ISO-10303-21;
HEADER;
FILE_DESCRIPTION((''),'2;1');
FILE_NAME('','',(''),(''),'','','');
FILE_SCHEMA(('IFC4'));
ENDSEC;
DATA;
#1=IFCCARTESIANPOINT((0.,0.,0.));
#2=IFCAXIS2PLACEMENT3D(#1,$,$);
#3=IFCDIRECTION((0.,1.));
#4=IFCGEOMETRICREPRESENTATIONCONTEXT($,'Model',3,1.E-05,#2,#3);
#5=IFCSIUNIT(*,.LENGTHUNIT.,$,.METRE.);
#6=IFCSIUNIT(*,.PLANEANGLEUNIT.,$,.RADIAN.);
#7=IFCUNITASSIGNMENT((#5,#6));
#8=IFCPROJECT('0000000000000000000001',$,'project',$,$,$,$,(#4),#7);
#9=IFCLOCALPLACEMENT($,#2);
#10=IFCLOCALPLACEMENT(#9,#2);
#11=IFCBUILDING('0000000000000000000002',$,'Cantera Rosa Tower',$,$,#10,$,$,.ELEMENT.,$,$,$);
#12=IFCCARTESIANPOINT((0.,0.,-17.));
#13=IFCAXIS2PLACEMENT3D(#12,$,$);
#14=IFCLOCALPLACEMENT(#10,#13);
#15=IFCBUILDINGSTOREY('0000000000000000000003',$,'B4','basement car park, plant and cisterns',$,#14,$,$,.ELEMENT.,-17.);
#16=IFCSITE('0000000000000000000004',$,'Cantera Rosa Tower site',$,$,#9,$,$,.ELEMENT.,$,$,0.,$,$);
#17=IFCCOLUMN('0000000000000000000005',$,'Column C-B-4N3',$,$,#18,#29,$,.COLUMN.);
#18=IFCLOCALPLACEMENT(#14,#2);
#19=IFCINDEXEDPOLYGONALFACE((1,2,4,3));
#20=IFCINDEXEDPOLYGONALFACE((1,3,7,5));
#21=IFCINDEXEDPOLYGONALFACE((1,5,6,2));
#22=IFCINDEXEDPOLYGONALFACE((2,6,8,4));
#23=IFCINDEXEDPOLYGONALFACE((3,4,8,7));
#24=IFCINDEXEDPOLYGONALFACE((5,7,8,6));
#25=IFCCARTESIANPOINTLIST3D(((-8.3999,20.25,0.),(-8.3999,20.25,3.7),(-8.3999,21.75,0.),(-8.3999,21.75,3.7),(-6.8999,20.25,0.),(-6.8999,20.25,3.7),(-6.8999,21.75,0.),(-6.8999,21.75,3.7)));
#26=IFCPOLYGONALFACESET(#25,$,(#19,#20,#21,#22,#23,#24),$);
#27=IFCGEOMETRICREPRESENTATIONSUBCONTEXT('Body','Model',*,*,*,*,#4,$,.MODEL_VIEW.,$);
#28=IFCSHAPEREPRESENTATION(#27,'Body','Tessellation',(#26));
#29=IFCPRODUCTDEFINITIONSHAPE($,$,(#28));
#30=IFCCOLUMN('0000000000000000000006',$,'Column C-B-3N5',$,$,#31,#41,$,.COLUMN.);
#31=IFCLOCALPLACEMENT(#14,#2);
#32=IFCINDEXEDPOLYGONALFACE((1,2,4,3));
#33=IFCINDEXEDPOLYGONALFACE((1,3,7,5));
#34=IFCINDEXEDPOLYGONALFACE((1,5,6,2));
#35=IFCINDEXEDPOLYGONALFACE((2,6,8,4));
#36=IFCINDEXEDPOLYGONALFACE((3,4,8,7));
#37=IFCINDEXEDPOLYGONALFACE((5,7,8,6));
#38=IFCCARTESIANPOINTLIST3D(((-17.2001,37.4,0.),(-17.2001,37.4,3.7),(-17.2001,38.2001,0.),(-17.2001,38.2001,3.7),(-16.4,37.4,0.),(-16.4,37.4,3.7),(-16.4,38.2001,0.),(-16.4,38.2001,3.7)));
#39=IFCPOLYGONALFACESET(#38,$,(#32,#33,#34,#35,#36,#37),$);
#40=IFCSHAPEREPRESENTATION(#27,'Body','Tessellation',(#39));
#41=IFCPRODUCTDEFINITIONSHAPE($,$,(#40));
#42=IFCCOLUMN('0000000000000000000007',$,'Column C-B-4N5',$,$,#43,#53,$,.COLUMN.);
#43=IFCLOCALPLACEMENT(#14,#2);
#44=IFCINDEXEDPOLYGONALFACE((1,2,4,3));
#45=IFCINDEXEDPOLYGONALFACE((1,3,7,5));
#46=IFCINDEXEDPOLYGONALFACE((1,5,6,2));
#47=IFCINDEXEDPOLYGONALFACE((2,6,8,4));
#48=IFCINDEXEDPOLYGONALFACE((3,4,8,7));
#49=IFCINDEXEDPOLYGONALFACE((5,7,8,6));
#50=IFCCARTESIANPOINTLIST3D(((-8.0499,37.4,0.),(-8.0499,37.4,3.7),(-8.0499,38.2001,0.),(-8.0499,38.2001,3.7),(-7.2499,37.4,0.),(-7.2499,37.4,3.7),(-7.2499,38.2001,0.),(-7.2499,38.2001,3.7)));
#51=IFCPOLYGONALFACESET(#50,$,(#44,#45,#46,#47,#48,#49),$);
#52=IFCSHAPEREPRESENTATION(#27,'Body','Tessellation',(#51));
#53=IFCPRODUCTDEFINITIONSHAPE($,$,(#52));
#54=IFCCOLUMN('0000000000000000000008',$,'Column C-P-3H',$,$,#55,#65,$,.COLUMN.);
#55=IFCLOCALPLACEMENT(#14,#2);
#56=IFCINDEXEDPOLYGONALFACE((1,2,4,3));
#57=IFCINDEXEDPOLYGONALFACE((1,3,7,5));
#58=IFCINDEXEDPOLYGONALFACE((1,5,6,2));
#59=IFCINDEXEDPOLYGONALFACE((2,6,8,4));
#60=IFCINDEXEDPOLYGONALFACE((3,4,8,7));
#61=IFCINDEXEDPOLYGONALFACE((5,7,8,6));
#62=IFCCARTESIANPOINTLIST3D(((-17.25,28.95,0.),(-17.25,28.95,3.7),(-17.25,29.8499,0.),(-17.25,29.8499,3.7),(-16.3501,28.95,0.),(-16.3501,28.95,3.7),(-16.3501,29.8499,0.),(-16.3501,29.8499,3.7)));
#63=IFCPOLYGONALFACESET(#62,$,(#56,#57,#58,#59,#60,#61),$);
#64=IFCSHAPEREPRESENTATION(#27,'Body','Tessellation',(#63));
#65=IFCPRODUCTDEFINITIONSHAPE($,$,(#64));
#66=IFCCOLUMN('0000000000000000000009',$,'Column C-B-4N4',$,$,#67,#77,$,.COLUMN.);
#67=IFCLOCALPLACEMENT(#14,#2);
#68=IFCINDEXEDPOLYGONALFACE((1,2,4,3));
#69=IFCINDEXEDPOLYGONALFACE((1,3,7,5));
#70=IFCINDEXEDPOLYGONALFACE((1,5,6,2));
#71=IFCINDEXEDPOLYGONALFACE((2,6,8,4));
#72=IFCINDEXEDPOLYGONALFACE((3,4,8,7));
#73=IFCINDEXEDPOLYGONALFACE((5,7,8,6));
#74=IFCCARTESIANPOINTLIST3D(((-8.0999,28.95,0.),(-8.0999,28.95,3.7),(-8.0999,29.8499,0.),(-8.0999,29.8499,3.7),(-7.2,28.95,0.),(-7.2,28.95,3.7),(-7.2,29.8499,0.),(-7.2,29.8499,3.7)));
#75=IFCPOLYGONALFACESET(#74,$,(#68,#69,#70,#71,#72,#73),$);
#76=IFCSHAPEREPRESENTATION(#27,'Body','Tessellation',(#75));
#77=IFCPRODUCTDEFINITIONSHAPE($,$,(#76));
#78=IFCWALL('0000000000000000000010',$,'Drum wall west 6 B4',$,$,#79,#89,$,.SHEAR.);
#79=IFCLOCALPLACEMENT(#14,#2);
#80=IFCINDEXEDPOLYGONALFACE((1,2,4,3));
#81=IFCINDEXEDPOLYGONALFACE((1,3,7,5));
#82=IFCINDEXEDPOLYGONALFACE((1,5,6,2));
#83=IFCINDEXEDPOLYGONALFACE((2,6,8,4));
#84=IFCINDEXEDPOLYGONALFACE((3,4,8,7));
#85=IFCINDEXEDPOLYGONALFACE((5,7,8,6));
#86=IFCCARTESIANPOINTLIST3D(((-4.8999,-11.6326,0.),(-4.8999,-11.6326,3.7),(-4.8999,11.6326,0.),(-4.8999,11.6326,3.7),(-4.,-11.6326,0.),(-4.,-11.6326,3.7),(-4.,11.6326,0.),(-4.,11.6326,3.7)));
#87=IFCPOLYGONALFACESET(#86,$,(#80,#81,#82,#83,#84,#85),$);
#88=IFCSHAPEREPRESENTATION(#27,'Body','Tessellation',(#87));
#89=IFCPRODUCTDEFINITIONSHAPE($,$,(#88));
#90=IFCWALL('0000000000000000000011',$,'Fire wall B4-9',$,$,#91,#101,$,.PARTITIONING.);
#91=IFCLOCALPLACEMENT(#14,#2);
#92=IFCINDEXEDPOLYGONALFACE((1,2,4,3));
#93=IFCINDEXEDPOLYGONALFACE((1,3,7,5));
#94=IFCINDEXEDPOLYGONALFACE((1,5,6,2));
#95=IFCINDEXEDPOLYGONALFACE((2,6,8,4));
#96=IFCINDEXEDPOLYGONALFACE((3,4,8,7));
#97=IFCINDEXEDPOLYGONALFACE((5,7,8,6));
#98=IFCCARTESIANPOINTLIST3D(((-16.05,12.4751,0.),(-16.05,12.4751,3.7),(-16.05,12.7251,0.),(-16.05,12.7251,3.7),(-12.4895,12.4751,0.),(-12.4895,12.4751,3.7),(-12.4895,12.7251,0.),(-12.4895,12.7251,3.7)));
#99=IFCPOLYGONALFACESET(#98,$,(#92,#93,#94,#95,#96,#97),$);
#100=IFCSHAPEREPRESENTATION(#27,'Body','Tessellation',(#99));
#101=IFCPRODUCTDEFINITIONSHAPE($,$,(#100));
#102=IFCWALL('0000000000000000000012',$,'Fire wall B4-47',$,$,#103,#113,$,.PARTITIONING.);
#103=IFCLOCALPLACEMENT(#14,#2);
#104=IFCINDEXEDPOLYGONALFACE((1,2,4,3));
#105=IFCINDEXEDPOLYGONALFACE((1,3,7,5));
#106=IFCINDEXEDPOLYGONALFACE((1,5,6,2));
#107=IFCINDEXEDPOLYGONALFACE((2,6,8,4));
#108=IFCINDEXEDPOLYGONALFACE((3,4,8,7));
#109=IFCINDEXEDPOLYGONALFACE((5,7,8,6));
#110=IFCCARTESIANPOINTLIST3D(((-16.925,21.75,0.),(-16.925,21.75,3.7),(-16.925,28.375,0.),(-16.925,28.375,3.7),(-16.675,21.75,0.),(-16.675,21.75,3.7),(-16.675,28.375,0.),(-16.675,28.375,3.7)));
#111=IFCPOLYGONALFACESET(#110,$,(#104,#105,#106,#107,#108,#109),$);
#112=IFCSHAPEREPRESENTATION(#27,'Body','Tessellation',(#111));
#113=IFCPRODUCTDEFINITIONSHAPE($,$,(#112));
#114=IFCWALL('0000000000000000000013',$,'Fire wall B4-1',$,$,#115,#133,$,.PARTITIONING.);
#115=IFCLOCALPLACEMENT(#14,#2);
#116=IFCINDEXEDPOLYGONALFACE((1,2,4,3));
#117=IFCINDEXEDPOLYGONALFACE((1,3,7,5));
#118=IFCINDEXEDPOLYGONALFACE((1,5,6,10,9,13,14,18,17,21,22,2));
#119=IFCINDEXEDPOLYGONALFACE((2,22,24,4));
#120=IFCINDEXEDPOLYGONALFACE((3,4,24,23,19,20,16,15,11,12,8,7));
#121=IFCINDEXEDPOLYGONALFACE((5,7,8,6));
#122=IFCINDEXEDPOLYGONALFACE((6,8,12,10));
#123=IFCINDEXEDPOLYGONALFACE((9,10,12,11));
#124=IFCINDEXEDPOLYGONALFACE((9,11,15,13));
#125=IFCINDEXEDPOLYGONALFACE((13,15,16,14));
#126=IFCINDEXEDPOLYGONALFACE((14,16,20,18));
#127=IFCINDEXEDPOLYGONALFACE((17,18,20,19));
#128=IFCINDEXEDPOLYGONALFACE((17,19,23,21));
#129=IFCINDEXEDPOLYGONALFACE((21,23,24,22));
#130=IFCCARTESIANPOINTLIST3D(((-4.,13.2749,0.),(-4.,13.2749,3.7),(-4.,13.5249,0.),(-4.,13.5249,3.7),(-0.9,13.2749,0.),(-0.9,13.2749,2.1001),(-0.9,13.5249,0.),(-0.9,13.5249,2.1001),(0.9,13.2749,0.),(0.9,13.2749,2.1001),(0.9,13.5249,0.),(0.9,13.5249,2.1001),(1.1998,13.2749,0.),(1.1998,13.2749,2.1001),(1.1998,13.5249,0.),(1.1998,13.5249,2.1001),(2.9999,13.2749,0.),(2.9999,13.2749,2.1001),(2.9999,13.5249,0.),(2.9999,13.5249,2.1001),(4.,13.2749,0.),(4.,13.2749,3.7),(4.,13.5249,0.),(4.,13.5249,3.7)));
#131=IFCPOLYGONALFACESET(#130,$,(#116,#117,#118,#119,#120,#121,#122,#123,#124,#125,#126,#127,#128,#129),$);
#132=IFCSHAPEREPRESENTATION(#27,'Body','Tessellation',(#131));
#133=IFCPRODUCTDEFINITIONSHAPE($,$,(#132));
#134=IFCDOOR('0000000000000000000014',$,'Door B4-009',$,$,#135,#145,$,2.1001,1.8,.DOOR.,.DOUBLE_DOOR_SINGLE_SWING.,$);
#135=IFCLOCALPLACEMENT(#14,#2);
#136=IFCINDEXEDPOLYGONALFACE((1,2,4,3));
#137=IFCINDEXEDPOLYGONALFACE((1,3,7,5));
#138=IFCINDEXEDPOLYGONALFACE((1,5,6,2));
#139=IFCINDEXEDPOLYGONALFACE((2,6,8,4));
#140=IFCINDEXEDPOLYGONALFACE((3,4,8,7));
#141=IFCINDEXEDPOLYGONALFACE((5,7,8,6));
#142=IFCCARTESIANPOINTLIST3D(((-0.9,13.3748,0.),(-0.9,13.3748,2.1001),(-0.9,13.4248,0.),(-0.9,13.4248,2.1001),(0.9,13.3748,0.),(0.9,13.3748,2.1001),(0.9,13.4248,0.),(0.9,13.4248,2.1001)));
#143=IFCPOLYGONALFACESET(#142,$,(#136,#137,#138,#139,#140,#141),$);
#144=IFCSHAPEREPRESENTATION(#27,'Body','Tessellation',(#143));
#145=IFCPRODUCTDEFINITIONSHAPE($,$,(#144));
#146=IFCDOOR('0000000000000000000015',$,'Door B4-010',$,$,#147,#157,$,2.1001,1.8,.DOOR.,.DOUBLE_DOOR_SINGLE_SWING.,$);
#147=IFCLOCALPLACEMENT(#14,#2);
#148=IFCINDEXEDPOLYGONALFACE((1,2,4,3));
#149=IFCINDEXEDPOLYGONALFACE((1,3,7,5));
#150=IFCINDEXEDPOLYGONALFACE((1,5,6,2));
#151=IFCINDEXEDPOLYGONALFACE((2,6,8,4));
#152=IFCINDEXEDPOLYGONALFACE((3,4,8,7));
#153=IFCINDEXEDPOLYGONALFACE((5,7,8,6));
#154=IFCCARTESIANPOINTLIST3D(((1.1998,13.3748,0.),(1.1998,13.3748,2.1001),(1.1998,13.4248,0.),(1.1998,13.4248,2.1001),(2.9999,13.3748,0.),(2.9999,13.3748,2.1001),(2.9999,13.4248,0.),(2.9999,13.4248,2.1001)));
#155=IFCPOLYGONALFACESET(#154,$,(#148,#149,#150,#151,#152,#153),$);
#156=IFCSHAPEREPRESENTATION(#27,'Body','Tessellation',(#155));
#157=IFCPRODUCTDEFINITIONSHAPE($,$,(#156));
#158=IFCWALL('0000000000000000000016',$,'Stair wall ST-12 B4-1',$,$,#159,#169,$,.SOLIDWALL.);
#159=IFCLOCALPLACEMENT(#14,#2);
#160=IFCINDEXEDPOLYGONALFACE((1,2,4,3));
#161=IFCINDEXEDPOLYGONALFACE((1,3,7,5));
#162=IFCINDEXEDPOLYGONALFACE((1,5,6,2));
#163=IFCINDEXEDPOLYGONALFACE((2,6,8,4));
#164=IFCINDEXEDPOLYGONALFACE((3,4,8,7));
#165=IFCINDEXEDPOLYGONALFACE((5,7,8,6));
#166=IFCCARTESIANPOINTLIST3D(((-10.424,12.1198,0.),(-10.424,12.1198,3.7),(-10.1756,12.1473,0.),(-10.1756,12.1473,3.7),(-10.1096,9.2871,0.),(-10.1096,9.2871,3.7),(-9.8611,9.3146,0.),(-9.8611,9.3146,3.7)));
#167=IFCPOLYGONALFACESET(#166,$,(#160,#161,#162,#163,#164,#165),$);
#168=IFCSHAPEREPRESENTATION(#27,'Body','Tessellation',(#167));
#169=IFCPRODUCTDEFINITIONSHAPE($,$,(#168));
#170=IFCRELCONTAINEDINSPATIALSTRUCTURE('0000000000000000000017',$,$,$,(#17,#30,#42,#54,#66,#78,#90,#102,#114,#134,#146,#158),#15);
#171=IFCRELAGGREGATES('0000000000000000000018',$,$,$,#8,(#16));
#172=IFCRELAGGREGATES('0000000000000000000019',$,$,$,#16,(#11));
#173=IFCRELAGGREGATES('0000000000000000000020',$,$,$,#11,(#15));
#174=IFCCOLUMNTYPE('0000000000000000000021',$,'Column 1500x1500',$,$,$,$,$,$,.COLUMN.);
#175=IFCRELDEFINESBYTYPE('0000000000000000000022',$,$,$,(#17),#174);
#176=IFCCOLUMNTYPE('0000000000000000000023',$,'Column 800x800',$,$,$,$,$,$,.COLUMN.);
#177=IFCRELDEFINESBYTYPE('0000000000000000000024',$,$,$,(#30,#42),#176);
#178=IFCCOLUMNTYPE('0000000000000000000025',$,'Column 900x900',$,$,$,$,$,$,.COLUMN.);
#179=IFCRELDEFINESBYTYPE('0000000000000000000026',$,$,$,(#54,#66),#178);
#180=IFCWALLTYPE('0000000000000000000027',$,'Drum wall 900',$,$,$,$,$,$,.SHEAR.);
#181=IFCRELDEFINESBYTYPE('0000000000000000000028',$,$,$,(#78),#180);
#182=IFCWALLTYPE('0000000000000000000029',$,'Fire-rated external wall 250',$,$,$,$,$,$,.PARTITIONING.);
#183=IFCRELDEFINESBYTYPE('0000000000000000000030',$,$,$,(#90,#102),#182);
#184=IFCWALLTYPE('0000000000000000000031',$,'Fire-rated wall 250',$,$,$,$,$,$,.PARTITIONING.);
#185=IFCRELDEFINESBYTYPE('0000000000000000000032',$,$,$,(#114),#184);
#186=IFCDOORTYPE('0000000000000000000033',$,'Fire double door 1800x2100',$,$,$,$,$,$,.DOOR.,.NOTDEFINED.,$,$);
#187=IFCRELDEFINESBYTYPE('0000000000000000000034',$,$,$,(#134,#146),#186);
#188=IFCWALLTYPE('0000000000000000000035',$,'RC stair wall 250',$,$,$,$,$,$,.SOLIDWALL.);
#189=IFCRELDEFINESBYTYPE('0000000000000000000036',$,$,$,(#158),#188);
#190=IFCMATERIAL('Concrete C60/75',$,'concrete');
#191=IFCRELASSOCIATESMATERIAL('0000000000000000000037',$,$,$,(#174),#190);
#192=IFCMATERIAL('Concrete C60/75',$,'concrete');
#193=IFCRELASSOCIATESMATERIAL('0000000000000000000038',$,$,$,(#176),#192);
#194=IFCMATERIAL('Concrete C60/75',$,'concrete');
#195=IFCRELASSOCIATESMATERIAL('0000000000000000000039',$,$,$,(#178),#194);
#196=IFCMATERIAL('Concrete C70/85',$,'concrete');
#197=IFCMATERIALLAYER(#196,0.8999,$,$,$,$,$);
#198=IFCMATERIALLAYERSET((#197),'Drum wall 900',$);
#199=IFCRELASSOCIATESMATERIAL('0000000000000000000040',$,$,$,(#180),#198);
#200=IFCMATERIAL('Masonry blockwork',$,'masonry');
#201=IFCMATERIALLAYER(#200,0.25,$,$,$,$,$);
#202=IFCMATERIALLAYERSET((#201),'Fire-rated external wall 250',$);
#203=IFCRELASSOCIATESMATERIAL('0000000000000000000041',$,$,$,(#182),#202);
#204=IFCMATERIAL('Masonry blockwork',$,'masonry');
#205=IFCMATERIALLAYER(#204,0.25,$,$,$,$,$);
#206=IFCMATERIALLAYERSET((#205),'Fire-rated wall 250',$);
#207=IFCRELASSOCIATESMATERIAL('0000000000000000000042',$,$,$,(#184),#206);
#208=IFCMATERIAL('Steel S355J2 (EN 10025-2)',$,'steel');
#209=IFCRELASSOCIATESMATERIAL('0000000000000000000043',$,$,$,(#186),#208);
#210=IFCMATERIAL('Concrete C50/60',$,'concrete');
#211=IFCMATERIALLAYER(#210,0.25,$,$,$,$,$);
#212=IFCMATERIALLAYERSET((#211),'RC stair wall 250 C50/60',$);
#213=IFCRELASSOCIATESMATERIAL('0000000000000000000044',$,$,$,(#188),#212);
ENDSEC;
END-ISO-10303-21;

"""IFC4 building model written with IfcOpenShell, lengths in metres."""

from ifc_helpers import new_model, si_unit, direction, frame, frame_2d, origin, origin_2d, place, context, subcontext, project, spatial, rectangle, extrude, material, layer, layer_set, material_profile, profile_set, type_object, element, fill, save


model = new_model("IFC4")

# Units and contexts
model_context = context("Model", 3, precision=1e-05, world=origin(), true_north=direction((0.0, 1.0)))
body_context = subcontext(model_context, "Body", "Model", "MODEL_VIEW")
ifc_project = project(units=[si_unit("LENGTHUNIT", "METRE"), si_unit("PLANEANGLEUNIT", "RADIAN")], contexts=[model_context])

# Site, building, storey
site_placement = place(None, origin())
site = spatial("IfcSite", under=ifc_project, at=site_placement, Name="Cantera Rosa Tower site", CompositionType="ELEMENT", RefElevation=0.0)
building_placement = place(site_placement, origin())
building = spatial("IfcBuilding", under=site, at=building_placement, Name="Cantera Rosa Tower", CompositionType="ELEMENT")
storey_placement = place(building_placement, frame((0.0, 0.0, -17.0)))
storey = spatial("IfcBuildingStorey", under=building, at=storey_placement, Name="B4", Description="basement car park, plant and cisterns", CompositionType="ELEMENT", Elevation=-17.0)

# Columns
ifc_material_1 = material(Name="Concrete C60/75", Category="concrete")
ifc_material_profile_1 = material_profile(ifc_material_1, rectangle(XDim=1.5, YDim=1.5, at=origin_2d()), Name="Column 1500x1500")
ifc_profile_set_1 = profile_set([ifc_material_profile_1], Name="Concrete C60/75")
column_type_1 = type_object("IfcColumnType", Name="Column 1500x1500", PredefinedType="COLUMN", material=ifc_profile_set_1)
for number, where, z_axis, x_axis, name in (
    (1, (-7.6499, 21.0, 0.0), (0.0, 0.0, 1.0), (1.0, 0.0, 0.0), "Column C-B-4N3"),
):
    element("IfcColumn", number, at=place(storey_placement, frame(where, z_axis=z_axis, x_axis=x_axis)), inside=storey, type_object=column_type_1, Name=name, PredefinedType="COLUMN", context=body_context, shape_type="SweptSolid", body=[
        extrude(rectangle(XDim=1.5, YDim=1.5, at=origin_2d()), origin(), (0.0, 0.0, 1.0), 3.7),
    ])
ifc_material_2 = material(Name="Concrete C60/75", Category="concrete")
ifc_material_profile_2 = material_profile(ifc_material_2, rectangle(XDim=0.8, YDim=0.8, at=origin_2d()), Name="Column 800x800")
ifc_profile_set_2 = profile_set([ifc_material_profile_2], Name="Concrete C60/75")
column_type_2 = type_object("IfcColumnType", Name="Column 800x800", PredefinedType="COLUMN", material=ifc_profile_set_2)
for number, where, z_axis, x_axis, name in (
    (2, (-16.8, 37.8, 0.0), (0.0, 0.0, 1.0), (1.0, 0.0, 0.0), "Column C-B-3N5"),
    (3, (-7.6499, 37.8, 0.0), (0.0, 0.0, 1.0), (1.0, 0.0, 0.0), "Column C-B-4N5"),
):
    element("IfcColumn", number, at=place(storey_placement, frame(where, z_axis=z_axis, x_axis=x_axis)), inside=storey, type_object=column_type_2, Name=name, PredefinedType="COLUMN", context=body_context, shape_type="SweptSolid", body=[
        extrude(rectangle(XDim=0.8, YDim=0.8, at=origin_2d()), origin(), (0.0, 0.0, 1.0), 3.7),
    ])
ifc_material_3 = material(Name="Concrete C60/75", Category="concrete")
ifc_material_profile_3 = material_profile(ifc_material_3, rectangle(XDim=0.8999, YDim=0.8999, at=origin_2d()), Name="Column 900x900")
ifc_profile_set_3 = profile_set([ifc_material_profile_3], Name="Concrete C60/75")
column_type_3 = type_object("IfcColumnType", Name="Column 900x900", PredefinedType="COLUMN", material=ifc_profile_set_3)
for number, where, z_axis, x_axis, name in (
    (4, (-16.8, 29.3999, 0.0), (0.0, 0.0, 1.0), (1.0, 0.0, 0.0), "Column C-P-3H"),
    (5, (-7.6499, 29.3999, 0.0), (0.0, 0.0, 1.0), (1.0, 0.0, 0.0), "Column C-B-4N4"),
):
    element("IfcColumn", number, at=place(storey_placement, frame(where, z_axis=z_axis, x_axis=x_axis)), inside=storey, type_object=column_type_3, Name=name, PredefinedType="COLUMN", context=body_context, shape_type="SweptSolid", body=[
        extrude(rectangle(XDim=0.8999, YDim=0.8999, at=origin_2d()), origin(), (0.0, 0.0, 1.0), 3.7),
    ])

# Walls
ifc_material_4 = material(Name="Concrete C70/85", Category="concrete")
ifc_layer_1 = layer(ifc_material_4, 0.8999)
ifc_layer_set_1 = layer_set([ifc_layer_1], Name="Drum wall 900")
wall_type_1 = type_object("IfcWallType", Name="Drum wall 900", PredefinedType="SHEAR", material=ifc_layer_set_1)
wall_1_placement = place(storey_placement, frame((-4.45, 11.6326, 0.0), z_axis=(0.0, 0.0, 1.0), x_axis=(0.0, -1.0, 0.0)))
element("IfcWall", 6, at=wall_1_placement, inside=storey, type_object=wall_type_1, Name="Drum wall west 6 B4", PredefinedType="SHEAR", context=body_context, shape_type="SweptSolid", body=[
    extrude(rectangle(XDim=23.2651, YDim=0.8999, at=frame_2d((11.6326, 0.0))), origin(), (0.0, 0.0, 1.0), 3.7),
])
ifc_material_5 = material(Name="Masonry blockwork", Category="masonry")
ifc_layer_2 = layer(ifc_material_5, 0.25)
ifc_layer_set_2 = layer_set([ifc_layer_2], Name="Fire-rated external wall 250")
wall_type_2 = type_object("IfcWallType", Name="Fire-rated external wall 250", PredefinedType="PARTITIONING", material=ifc_layer_set_2)
wall_2_placement = place(storey_placement, frame((-16.05, 12.6001, 0.0), z_axis=(0.0, 0.0, 1.0), x_axis=(1.0, 0.0, 0.0)))
element("IfcWall", 7, at=wall_2_placement, inside=storey, type_object=wall_type_2, Name="Fire wall B4-9", PredefinedType="PARTITIONING", context=body_context, shape_type="SweptSolid", body=[
    extrude(rectangle(XDim=3.5605, YDim=0.25, at=frame_2d((1.7803, 0.0))), origin(), (0.0, 0.0, 1.0), 3.7),
])
wall_3_placement = place(storey_placement, frame((-16.8, 21.75, 0.0), z_axis=(0.0, 0.0, 1.0), x_axis=(0.0, 1.0, 0.0)))
element("IfcWall", 8, at=wall_3_placement, inside=storey, type_object=wall_type_2, Name="Fire wall B4-47", PredefinedType="PARTITIONING", context=body_context, shape_type="SweptSolid", body=[
    extrude(rectangle(XDim=6.625, YDim=0.25, at=frame_2d((3.3125, 0.0))), origin(), (0.0, 0.0, 1.0), 3.7),
])

# Wall, openings, doors
ifc_material_6 = material(Name="Masonry blockwork", Category="masonry")
ifc_layer_3 = layer(ifc_material_6, 0.25)
ifc_layer_set_3 = layer_set([ifc_layer_3], Name="Fire-rated wall 250")
wall_type_3 = type_object("IfcWallType", Name="Fire-rated wall 250", PredefinedType="PARTITIONING", material=ifc_layer_set_3)
wall_4_placement = place(storey_placement, frame((-4.0, 13.3999, 0.0), z_axis=(0.0, 0.0, 1.0), x_axis=(1.0, 0.0, 0.0)))
wall_4 = element("IfcWall", 9, at=wall_4_placement, inside=storey, type_object=wall_type_3, Name="Fire wall B4-1", PredefinedType="PARTITIONING", context=body_context, shape_type="SweptSolid", body=[
    extrude(rectangle(XDim=8.0, YDim=0.25, at=frame_2d((4.0, 0.0))), origin(), (0.0, 0.0, 1.0), 3.7),
])
opening_1_placement = place(wall_4_placement, frame((3.1001, 0.0, 0.0)))
opening_1 = element("IfcOpeningElement", 10, at=opening_1_placement, cuts=wall_4, PredefinedType="OPENING", context=body_context, shape_type="SweptSolid", body=[
    extrude(rectangle(XDim=1.8, YDim=2.1001, at=frame_2d((0.8999, 1.05))), frame((0.0, 0.135, 0.0), z_axis=(0.0, -1.0, 0.0), x_axis=(1.0, 0.0, 0.0)), (0.0, 0.0, 1.0), 0.27),
])
opening_2_placement = place(wall_4_placement, frame((5.2, 0.0, 0.0)))
opening_2 = element("IfcOpeningElement", 11, at=opening_2_placement, cuts=wall_4, PredefinedType="OPENING", context=body_context, shape_type="SweptSolid", body=[
    extrude(rectangle(XDim=1.8, YDim=2.1001, at=frame_2d((0.8999, 1.05))), frame((0.0, 0.135, 0.0), z_axis=(0.0, -1.0, 0.0), x_axis=(1.0, 0.0, 0.0)), (0.0, 0.0, 1.0), 0.27),
])
ifc_material_7 = material(Name="Steel S355J2 (EN 10025-2)", Category="steel")
door_type_1 = type_object("IfcDoorType", Name="Fire double door 1800x2100", OperationType="NOTDEFINED", PredefinedType="DOOR", material=ifc_material_7)
door_1_placement = place(opening_1_placement, origin())
door_1 = element("IfcDoor", 12, at=door_1_placement, inside=storey, type_object=door_type_1, Name="Door B4-009", OperationType="DOUBLE_DOOR_SINGLE_SWING", OverallHeight=2.1001, OverallWidth=1.8, PredefinedType="DOOR", context=body_context, shape_type="SweptSolid", body=[
    extrude(rectangle(XDim=1.8, YDim=2.1001, at=frame_2d((0.8999, 1.05))), frame((0.0, 0.0249, 0.0), z_axis=(0.0, -1.0, 0.0), x_axis=(1.0, 0.0, 0.0)), (0.0, 0.0, 1.0), 0.05),
])
fill(opening_1, door_1)
door_2_placement = place(opening_2_placement, origin())
door_2 = element("IfcDoor", 13, at=door_2_placement, inside=storey, type_object=door_type_1, Name="Door B4-010", OperationType="DOUBLE_DOOR_SINGLE_SWING", OverallHeight=2.1001, OverallWidth=1.8, PredefinedType="DOOR", context=body_context, shape_type="SweptSolid", body=[
    extrude(rectangle(XDim=1.8, YDim=2.1001, at=frame_2d((0.8999, 1.05))), frame((0.0, 0.0249, 0.0), z_axis=(0.0, -1.0, 0.0), x_axis=(1.0, 0.0, 0.0)), (0.0, 0.0, 1.0), 0.05),
])
fill(opening_2, door_2)

# Wall
ifc_material_8 = material(Name="Concrete C50/60", Category="concrete")
ifc_layer_4 = layer(ifc_material_8, 0.25)
ifc_layer_set_4 = layer_set([ifc_layer_4], Name="RC stair wall 250 C50/60")
wall_type_4 = type_object("IfcWallType", Name="RC stair wall 250", PredefinedType="SOLIDWALL", material=ifc_layer_set_4)
wall_5_placement = place(storey_placement, frame((-10.2998, 12.1335, 0.0), z_axis=(0.0, 0.0, 1.0), x_axis=(0.110328, -0.993895, 0.0)))
element("IfcWall", 14, at=wall_5_placement, inside=storey, type_object=wall_type_4, Name="Stair wall ST-12 B4-1", PredefinedType="SOLIDWALL", context=body_context, shape_type="SweptSolid", body=[
    extrude(rectangle(XDim=2.8501, YDim=0.25, at=frame_2d((1.425, 0.0))), origin(), (0.0, 0.0, 1.0), 3.7),
])

save(model, "model.ifc")
